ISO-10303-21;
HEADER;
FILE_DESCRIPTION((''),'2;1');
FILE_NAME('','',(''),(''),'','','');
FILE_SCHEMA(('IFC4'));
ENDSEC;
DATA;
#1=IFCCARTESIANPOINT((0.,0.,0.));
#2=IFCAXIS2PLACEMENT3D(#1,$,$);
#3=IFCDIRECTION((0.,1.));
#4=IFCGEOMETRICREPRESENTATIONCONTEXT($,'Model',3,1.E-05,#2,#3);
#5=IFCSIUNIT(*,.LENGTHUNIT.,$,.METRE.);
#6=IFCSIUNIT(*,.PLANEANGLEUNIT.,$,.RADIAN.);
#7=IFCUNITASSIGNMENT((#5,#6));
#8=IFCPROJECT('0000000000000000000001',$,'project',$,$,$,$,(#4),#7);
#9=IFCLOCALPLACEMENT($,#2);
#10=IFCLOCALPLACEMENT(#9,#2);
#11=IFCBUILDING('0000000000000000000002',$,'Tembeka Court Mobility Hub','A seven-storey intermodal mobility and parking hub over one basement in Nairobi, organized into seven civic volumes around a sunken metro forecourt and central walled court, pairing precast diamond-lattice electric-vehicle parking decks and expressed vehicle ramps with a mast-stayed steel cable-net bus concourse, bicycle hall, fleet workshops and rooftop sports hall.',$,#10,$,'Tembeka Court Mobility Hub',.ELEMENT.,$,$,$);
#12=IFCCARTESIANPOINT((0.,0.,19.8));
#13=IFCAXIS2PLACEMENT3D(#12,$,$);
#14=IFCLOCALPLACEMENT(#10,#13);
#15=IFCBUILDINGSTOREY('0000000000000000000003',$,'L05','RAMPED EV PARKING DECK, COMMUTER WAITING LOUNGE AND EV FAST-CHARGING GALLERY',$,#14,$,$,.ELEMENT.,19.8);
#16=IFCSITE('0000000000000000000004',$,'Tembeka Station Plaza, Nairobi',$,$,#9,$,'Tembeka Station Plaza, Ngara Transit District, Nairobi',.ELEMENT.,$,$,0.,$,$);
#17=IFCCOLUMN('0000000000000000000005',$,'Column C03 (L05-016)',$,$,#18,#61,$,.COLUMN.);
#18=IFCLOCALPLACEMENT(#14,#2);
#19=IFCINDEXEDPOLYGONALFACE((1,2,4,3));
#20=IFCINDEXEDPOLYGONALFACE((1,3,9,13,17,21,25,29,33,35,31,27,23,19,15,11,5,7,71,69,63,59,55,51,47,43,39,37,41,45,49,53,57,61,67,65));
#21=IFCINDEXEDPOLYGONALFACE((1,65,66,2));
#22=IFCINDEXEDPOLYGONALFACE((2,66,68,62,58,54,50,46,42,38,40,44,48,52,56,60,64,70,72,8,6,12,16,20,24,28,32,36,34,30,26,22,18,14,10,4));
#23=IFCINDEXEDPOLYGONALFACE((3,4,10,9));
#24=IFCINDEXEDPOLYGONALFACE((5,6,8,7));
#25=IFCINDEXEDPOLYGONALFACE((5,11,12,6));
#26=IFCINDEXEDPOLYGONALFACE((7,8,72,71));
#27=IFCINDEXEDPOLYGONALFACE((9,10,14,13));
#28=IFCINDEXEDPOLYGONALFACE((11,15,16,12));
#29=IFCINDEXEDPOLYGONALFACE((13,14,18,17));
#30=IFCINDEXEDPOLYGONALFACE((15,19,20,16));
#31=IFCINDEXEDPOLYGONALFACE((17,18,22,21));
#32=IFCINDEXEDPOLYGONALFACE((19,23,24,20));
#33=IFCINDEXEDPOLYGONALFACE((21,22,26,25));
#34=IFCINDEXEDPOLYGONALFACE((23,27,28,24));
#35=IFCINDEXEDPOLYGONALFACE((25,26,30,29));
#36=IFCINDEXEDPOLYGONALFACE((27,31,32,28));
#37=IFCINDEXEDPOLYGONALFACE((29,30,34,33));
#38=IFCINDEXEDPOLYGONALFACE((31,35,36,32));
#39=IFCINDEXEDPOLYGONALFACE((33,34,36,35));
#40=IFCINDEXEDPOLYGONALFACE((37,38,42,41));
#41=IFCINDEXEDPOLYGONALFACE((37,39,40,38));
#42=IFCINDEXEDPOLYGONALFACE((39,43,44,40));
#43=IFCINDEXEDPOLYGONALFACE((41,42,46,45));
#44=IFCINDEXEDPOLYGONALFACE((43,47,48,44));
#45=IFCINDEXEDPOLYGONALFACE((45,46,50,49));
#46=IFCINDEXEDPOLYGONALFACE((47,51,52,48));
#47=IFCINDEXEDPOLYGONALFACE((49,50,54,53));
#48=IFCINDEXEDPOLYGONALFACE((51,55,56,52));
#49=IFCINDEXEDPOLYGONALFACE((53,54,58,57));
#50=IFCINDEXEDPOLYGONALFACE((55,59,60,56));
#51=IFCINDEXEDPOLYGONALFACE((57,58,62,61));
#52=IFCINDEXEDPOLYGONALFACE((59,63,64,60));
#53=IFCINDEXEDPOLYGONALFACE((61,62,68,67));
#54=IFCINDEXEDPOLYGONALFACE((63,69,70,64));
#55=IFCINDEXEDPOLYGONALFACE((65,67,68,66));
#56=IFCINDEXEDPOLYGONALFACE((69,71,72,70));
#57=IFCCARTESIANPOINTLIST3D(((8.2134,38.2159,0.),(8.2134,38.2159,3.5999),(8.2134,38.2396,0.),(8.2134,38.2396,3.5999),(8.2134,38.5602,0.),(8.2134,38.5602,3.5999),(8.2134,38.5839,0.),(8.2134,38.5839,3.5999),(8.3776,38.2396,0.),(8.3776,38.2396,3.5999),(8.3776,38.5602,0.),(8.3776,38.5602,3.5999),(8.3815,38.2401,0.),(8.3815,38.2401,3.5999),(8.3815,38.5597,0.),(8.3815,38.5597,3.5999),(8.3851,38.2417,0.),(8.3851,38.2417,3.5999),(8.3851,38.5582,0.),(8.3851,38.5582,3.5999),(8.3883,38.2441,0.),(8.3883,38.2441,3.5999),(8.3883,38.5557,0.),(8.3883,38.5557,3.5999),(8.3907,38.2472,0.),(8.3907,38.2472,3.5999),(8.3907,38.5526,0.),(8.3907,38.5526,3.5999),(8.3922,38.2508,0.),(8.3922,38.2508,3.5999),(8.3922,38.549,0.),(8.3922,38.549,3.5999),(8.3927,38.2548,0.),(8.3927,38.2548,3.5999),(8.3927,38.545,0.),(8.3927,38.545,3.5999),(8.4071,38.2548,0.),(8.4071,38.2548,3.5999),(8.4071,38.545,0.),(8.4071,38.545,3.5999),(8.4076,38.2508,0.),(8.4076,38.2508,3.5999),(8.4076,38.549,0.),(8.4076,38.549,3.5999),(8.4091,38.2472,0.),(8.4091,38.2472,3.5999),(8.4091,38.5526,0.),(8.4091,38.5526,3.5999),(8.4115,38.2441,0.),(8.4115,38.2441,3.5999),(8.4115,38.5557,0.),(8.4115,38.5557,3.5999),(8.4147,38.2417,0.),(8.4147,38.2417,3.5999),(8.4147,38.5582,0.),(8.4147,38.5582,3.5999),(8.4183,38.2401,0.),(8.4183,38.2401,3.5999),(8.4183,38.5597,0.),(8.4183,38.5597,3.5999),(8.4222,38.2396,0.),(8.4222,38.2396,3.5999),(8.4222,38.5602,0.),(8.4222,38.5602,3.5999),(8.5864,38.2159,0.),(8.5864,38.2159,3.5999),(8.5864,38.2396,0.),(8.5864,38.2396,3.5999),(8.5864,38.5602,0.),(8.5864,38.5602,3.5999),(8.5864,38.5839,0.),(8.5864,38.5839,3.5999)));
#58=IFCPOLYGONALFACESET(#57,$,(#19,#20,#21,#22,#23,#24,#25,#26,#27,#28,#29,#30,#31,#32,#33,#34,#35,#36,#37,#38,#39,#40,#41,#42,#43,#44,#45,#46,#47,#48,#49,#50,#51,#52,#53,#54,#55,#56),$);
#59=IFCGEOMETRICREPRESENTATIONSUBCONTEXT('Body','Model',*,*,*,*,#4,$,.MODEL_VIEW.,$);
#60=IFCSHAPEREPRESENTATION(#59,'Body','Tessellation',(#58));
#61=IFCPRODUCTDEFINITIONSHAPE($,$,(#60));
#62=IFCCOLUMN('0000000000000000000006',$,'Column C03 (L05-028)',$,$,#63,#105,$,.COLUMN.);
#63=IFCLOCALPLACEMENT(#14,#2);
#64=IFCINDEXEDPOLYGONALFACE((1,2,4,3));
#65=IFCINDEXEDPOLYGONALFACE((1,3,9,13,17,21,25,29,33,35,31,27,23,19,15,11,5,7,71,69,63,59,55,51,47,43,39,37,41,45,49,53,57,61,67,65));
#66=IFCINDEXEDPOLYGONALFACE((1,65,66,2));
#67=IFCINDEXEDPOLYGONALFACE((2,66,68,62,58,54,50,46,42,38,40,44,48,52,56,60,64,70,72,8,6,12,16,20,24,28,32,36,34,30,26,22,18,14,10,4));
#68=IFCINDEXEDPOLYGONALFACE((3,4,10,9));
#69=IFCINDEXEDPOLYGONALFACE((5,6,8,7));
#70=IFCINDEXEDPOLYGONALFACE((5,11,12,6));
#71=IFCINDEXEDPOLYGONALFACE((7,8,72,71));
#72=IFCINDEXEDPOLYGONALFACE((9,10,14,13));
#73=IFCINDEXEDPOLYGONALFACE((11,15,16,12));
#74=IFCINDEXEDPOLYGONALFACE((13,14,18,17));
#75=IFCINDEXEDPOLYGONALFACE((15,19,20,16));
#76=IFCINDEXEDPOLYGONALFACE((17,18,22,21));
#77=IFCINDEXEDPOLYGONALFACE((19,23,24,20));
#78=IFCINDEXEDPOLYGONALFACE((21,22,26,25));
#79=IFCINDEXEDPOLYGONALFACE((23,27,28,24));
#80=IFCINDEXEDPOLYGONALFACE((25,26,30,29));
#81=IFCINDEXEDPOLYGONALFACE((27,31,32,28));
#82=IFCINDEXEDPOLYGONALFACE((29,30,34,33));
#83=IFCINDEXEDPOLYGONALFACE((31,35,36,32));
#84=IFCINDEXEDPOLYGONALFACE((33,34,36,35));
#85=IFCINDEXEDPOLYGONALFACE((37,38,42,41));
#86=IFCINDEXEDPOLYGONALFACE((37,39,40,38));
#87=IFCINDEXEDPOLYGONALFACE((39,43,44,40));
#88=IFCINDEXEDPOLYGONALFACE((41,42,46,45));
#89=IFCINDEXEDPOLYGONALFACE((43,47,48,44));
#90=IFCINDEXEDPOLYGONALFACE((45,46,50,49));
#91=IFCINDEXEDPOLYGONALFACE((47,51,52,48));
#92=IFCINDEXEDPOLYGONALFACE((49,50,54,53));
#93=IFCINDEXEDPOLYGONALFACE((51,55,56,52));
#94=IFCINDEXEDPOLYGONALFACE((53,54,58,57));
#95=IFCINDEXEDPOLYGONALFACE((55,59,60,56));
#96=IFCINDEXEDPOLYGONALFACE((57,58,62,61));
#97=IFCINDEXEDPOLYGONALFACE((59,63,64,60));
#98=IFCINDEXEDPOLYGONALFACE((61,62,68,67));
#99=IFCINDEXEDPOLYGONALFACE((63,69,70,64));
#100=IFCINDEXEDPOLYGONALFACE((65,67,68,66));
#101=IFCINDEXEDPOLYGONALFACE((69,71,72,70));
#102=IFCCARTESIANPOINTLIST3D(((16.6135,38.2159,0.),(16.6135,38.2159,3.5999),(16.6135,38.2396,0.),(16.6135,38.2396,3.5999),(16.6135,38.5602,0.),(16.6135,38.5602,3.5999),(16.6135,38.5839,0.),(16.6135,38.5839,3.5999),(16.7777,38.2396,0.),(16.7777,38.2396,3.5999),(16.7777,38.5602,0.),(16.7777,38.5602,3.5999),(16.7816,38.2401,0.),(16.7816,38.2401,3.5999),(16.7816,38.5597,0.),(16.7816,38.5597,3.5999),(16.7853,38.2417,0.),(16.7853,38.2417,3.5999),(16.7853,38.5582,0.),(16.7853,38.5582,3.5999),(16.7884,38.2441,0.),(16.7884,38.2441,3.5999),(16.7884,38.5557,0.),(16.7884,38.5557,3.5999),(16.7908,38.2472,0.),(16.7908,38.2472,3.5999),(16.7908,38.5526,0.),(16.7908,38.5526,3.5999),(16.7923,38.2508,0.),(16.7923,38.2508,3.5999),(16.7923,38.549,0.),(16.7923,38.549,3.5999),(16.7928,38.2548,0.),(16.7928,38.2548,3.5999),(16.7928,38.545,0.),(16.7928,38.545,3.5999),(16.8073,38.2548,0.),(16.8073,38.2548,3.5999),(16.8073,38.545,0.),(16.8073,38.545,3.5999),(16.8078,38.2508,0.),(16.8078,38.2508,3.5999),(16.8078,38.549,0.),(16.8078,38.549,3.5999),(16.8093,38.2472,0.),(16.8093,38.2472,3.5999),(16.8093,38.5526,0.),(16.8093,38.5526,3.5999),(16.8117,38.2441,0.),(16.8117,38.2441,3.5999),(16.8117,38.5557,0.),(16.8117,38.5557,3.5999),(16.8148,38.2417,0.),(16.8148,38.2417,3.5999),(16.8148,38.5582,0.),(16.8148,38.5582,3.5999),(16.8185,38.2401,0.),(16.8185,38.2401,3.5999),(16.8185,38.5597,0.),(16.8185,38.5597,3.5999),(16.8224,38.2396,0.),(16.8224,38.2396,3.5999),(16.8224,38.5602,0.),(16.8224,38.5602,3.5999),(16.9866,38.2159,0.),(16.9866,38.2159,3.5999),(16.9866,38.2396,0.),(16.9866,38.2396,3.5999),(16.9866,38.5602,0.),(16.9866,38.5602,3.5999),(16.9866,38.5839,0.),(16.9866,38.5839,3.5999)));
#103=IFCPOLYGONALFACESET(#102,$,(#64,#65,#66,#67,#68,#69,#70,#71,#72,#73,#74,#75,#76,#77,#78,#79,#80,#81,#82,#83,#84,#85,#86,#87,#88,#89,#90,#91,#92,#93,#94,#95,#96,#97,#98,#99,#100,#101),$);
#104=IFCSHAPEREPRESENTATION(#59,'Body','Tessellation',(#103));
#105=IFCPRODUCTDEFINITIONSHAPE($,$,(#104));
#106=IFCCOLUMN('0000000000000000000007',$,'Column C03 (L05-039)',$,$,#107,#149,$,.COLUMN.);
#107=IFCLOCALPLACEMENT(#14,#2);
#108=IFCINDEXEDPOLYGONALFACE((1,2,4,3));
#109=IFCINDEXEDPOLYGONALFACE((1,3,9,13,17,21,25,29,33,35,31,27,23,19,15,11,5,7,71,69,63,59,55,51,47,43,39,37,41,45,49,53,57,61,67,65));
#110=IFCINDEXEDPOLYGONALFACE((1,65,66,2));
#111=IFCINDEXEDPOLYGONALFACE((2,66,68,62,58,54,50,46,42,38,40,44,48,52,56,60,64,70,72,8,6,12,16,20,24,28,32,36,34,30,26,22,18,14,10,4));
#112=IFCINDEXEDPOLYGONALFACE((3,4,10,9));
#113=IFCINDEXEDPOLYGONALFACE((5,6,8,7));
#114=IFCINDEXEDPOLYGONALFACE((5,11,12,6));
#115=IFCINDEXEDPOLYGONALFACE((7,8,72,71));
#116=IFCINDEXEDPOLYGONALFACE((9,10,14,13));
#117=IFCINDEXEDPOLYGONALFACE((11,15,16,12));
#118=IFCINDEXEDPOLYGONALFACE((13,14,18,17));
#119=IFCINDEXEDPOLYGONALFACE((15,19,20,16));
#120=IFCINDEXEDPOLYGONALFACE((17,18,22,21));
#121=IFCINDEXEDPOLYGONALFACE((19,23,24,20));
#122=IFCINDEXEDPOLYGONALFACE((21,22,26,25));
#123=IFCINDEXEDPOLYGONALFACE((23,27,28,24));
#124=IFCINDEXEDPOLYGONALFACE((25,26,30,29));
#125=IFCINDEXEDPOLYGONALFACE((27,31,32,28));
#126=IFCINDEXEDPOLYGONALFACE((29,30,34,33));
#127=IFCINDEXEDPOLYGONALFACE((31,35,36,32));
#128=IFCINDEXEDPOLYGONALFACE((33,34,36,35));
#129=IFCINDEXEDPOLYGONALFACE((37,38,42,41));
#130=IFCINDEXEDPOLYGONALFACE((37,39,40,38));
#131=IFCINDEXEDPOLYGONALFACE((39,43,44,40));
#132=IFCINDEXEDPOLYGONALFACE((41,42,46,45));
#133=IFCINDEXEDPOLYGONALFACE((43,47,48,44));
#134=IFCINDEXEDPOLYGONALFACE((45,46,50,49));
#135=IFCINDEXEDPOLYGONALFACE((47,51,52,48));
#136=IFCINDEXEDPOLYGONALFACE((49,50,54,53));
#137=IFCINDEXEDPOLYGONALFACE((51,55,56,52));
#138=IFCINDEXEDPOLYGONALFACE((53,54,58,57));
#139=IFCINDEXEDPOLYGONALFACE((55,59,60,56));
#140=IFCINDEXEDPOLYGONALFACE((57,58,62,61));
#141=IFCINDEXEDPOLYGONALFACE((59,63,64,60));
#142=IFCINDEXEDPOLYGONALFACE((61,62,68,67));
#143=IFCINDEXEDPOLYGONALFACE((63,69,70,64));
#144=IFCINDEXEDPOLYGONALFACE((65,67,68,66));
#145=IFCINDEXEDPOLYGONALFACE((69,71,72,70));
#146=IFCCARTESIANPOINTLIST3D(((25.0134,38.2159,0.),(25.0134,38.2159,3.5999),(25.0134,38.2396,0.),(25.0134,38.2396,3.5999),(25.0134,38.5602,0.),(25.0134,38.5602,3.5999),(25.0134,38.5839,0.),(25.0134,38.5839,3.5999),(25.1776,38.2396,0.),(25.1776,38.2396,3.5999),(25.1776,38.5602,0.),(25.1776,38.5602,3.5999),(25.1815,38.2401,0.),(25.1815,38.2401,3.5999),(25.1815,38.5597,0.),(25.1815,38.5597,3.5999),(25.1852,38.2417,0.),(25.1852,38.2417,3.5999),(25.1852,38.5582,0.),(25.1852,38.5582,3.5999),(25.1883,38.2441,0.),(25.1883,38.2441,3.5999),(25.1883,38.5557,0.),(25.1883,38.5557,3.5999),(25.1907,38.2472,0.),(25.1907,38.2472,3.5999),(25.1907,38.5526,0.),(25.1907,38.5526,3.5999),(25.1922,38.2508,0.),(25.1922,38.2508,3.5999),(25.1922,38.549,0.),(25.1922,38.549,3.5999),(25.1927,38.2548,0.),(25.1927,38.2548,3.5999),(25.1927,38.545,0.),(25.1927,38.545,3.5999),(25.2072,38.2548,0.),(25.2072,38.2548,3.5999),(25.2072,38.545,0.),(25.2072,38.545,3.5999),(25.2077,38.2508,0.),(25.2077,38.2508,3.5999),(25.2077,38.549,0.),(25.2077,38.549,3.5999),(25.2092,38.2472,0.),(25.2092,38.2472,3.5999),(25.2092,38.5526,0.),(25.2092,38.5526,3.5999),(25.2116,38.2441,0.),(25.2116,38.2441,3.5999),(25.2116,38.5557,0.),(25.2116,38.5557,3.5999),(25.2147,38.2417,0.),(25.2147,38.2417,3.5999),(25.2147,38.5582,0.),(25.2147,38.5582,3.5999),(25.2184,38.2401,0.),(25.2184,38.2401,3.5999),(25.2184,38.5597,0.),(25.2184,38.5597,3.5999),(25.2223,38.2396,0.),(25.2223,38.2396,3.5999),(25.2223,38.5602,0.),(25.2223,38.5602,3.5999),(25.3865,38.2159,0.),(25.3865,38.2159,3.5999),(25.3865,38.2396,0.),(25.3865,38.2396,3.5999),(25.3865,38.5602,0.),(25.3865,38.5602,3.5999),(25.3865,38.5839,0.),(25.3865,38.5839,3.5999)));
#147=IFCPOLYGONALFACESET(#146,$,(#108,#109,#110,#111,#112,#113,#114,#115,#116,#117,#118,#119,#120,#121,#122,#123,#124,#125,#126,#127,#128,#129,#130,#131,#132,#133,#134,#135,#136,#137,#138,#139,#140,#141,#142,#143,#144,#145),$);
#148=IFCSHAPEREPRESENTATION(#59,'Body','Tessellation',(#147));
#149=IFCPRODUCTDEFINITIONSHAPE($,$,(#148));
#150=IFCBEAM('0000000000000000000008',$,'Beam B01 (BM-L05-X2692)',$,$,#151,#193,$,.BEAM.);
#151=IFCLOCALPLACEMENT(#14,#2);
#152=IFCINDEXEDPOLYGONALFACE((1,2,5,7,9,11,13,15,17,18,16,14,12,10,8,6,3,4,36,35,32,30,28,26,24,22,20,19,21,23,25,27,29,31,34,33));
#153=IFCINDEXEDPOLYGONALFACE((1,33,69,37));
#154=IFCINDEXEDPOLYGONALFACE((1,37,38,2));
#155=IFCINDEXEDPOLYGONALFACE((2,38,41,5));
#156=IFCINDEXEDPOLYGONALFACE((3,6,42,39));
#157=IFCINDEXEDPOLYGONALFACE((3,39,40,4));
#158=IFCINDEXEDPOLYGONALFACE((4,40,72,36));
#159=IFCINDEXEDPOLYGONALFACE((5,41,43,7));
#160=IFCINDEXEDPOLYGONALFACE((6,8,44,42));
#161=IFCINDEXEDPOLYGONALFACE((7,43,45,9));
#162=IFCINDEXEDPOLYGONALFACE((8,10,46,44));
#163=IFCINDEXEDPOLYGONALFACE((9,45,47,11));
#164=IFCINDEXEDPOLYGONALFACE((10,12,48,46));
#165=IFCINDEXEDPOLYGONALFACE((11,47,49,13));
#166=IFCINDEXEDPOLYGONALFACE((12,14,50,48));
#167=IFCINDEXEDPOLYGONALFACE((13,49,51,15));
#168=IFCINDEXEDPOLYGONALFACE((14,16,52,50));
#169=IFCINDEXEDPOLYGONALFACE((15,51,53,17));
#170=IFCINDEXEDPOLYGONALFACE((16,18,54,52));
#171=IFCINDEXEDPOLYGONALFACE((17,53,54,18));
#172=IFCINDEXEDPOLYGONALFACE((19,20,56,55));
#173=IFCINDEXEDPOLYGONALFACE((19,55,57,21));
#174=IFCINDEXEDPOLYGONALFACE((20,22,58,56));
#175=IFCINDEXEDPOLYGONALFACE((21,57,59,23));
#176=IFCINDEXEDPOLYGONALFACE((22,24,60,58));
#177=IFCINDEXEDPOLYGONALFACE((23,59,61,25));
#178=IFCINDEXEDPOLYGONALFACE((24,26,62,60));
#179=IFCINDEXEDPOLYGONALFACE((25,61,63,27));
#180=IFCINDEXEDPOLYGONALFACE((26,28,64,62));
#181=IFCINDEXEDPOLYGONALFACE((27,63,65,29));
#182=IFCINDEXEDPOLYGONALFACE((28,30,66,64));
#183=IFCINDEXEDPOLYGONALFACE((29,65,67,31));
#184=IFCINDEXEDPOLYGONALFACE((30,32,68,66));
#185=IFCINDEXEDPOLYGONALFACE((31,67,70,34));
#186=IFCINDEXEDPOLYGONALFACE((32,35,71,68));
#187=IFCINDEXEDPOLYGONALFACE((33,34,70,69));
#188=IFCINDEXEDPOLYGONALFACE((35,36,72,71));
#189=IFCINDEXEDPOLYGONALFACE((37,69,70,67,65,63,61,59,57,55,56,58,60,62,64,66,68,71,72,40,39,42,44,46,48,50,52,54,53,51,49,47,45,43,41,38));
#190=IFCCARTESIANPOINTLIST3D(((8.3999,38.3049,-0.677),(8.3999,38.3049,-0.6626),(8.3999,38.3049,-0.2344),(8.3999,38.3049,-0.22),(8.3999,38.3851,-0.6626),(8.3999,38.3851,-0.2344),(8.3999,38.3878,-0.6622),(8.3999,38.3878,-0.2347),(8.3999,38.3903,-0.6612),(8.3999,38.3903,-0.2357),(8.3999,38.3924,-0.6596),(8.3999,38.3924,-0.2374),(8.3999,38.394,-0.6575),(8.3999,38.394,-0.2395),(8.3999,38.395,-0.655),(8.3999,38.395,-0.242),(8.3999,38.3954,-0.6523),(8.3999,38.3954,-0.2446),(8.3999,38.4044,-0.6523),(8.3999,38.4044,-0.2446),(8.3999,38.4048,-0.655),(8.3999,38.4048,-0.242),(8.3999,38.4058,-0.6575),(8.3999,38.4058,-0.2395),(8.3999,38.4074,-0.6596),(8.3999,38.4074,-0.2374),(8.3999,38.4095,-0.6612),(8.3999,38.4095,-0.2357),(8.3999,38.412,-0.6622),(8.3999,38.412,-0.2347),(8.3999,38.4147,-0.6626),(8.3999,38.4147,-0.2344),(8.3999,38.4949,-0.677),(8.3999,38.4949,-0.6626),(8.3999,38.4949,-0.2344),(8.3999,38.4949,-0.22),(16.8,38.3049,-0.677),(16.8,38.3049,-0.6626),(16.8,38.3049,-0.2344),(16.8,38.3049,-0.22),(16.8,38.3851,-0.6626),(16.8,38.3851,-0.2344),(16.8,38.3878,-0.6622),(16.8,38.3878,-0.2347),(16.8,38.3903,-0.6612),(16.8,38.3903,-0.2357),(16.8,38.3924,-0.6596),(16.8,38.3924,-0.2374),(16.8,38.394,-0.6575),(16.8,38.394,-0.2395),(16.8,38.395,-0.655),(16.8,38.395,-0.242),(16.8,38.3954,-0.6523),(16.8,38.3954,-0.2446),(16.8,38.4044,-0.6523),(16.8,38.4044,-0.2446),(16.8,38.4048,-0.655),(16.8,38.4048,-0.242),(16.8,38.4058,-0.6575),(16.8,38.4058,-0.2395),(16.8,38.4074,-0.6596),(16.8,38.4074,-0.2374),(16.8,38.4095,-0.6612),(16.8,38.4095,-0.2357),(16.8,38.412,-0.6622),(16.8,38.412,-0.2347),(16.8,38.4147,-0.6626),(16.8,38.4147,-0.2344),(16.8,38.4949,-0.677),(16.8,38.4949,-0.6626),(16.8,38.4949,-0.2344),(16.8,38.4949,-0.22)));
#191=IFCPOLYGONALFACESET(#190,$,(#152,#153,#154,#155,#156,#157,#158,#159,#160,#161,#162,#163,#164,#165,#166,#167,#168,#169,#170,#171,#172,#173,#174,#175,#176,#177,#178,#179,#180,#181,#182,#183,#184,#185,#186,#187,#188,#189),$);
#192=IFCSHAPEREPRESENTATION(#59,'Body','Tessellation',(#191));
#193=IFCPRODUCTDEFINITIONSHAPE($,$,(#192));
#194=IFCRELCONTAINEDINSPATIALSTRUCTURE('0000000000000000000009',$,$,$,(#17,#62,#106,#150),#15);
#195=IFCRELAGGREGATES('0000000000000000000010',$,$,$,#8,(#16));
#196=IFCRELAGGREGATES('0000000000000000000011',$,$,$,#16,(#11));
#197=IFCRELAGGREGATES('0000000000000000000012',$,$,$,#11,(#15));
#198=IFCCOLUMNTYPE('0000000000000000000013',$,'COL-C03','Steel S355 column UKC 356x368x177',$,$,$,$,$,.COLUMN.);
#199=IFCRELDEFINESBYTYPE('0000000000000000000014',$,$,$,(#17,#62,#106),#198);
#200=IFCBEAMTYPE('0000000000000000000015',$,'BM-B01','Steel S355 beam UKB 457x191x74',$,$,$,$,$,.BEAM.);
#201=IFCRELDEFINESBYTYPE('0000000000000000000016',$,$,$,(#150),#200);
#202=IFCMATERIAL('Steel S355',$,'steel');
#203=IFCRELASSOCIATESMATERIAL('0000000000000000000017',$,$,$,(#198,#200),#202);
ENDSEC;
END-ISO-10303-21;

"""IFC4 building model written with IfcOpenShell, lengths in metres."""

from ifc_helpers import new_model, si_unit, direction, frame, origin, origin_2d, place, context, subcontext, project, spatial, i_section, extrude, material, material_profile, profile_set, type_object, element, save


model = new_model("IFC4")

# Units and contexts
model_context = context("Model", 3, precision=1e-05, world=origin(), true_north=direction((0.0, 1.0)))
body_context = subcontext(model_context, "Body", "Model", "MODEL_VIEW")
ifc_project = project(units=[si_unit("LENGTHUNIT", "METRE"), si_unit("PLANEANGLEUNIT", "RADIAN")], contexts=[model_context])

# Site, building, storey
site_placement = place(None, origin())
site = spatial("IfcSite", under=ifc_project, at=site_placement, Name="Tembeka Station Plaza, Nairobi", LongName="Tembeka Station Plaza, Ngara Transit District, Nairobi", CompositionType="ELEMENT", RefElevation=0.0)
building_placement = place(site_placement, origin())
building = spatial("IfcBuilding", under=site, at=building_placement, Name="Tembeka Court Mobility Hub", Description="A seven-storey intermodal mobility and parking hub over one basement in Nairobi, organized into seven civic volumes around a sunken metro forecourt and central walled court, pairing precast diamond-lattice electric-vehicle parking decks and expressed vehicle ramps with a mast-stayed steel cable-net bus concourse, bicycle hall, fleet workshops and rooftop sports hall.", LongName="Tembeka Court Mobility Hub", CompositionType="ELEMENT")
storey_placement = place(building_placement, frame((0.0, 0.0, 19.8)))
storey = spatial("IfcBuildingStorey", under=building, at=storey_placement, Name="L05", Description="RAMPED EV PARKING DECK, COMMUTER WAITING LOUNGE AND EV FAST-CHARGING GALLERY", CompositionType="ELEMENT", Elevation=19.8)

# Columns
ifc_material_1 = material(Name="Steel S355", Category="steel")
ifc_material_profile_1 = material_profile(ifc_material_1, i_section(OverallWidth=0.373, OverallDepth=0.3679, WebThickness=0.0144, FlangeThickness=0.0237, FilletRadius=0.0151, at=origin_2d()), Name="UKC 356x368x177")
ifc_profile_set_1 = profile_set([ifc_material_profile_1], Name="Steel S355")
column_type = type_object("IfcColumnType", Name="COL-C03", Description="Steel S355 column UKC 356x368x177", PredefinedType="COLUMN", material=ifc_profile_set_1)
for number, where, z_axis, x_axis, name in (
    (1, (8.3999, 38.3999, 0.0), (0.0, 0.0, 1.0), (1.0, 0.0, 0.0), "Column C03 (L05-016)"),
    (2, (16.8, 38.3999, 0.0), (0.0, 0.0, 1.0), (1.0, 0.0, 0.0), "Column C03 (L05-028)"),
    (3, (25.2, 38.3999, 0.0), (0.0, 0.0, 1.0), (1.0, 0.0, 0.0), "Column C03 (L05-039)"),
):
    element("IfcColumn", number, at=place(storey_placement, frame(where, z_axis=z_axis, x_axis=x_axis)), inside=storey, type_object=column_type, Name=name, PredefinedType="COLUMN", context=body_context, shape_type="SweptSolid", body=[
        extrude(i_section(OverallWidth=0.373, OverallDepth=0.3679, WebThickness=0.0144, FlangeThickness=0.0237, FilletRadius=0.0151, at=origin_2d()), origin(), (0.0, 0.0, 1.0), 3.5999),
    ])

# Beam
ifc_material_profile_2 = material_profile(ifc_material_1, i_section(OverallWidth=0.1899, OverallDepth=0.457, WebThickness=0.009, FlangeThickness=0.0144, FilletRadius=0.0103, at=origin_2d()), Name="UKB 457x191x74")
ifc_profile_set_2 = profile_set([ifc_material_profile_2], Name="Steel S355")
beam_type_1 = type_object("IfcBeamType", Name="BM-B01", Description="Steel S355 beam UKB 457x191x74", PredefinedType="BEAM", material=ifc_profile_set_2)
beam_1_placement = place(storey_placement, frame((8.3999, 38.3999, -0.4485), z_axis=(1.0, 0.0, 0.0), x_axis=(0.0, 1.0, 0.0)))
element("IfcBeam", 4, at=beam_1_placement, inside=storey, type_object=beam_type_1, Name="Beam B01 (BM-L05-X2692)", PredefinedType="BEAM", context=body_context, shape_type="SweptSolid", body=[
    extrude(i_section(OverallWidth=0.1899, OverallDepth=0.457, WebThickness=0.009, FlangeThickness=0.0144, FilletRadius=0.0103, at=origin_2d()), origin(), (0.0, 0.0, 1.0), 8.4001),
])

save(model, "model.ifc")
